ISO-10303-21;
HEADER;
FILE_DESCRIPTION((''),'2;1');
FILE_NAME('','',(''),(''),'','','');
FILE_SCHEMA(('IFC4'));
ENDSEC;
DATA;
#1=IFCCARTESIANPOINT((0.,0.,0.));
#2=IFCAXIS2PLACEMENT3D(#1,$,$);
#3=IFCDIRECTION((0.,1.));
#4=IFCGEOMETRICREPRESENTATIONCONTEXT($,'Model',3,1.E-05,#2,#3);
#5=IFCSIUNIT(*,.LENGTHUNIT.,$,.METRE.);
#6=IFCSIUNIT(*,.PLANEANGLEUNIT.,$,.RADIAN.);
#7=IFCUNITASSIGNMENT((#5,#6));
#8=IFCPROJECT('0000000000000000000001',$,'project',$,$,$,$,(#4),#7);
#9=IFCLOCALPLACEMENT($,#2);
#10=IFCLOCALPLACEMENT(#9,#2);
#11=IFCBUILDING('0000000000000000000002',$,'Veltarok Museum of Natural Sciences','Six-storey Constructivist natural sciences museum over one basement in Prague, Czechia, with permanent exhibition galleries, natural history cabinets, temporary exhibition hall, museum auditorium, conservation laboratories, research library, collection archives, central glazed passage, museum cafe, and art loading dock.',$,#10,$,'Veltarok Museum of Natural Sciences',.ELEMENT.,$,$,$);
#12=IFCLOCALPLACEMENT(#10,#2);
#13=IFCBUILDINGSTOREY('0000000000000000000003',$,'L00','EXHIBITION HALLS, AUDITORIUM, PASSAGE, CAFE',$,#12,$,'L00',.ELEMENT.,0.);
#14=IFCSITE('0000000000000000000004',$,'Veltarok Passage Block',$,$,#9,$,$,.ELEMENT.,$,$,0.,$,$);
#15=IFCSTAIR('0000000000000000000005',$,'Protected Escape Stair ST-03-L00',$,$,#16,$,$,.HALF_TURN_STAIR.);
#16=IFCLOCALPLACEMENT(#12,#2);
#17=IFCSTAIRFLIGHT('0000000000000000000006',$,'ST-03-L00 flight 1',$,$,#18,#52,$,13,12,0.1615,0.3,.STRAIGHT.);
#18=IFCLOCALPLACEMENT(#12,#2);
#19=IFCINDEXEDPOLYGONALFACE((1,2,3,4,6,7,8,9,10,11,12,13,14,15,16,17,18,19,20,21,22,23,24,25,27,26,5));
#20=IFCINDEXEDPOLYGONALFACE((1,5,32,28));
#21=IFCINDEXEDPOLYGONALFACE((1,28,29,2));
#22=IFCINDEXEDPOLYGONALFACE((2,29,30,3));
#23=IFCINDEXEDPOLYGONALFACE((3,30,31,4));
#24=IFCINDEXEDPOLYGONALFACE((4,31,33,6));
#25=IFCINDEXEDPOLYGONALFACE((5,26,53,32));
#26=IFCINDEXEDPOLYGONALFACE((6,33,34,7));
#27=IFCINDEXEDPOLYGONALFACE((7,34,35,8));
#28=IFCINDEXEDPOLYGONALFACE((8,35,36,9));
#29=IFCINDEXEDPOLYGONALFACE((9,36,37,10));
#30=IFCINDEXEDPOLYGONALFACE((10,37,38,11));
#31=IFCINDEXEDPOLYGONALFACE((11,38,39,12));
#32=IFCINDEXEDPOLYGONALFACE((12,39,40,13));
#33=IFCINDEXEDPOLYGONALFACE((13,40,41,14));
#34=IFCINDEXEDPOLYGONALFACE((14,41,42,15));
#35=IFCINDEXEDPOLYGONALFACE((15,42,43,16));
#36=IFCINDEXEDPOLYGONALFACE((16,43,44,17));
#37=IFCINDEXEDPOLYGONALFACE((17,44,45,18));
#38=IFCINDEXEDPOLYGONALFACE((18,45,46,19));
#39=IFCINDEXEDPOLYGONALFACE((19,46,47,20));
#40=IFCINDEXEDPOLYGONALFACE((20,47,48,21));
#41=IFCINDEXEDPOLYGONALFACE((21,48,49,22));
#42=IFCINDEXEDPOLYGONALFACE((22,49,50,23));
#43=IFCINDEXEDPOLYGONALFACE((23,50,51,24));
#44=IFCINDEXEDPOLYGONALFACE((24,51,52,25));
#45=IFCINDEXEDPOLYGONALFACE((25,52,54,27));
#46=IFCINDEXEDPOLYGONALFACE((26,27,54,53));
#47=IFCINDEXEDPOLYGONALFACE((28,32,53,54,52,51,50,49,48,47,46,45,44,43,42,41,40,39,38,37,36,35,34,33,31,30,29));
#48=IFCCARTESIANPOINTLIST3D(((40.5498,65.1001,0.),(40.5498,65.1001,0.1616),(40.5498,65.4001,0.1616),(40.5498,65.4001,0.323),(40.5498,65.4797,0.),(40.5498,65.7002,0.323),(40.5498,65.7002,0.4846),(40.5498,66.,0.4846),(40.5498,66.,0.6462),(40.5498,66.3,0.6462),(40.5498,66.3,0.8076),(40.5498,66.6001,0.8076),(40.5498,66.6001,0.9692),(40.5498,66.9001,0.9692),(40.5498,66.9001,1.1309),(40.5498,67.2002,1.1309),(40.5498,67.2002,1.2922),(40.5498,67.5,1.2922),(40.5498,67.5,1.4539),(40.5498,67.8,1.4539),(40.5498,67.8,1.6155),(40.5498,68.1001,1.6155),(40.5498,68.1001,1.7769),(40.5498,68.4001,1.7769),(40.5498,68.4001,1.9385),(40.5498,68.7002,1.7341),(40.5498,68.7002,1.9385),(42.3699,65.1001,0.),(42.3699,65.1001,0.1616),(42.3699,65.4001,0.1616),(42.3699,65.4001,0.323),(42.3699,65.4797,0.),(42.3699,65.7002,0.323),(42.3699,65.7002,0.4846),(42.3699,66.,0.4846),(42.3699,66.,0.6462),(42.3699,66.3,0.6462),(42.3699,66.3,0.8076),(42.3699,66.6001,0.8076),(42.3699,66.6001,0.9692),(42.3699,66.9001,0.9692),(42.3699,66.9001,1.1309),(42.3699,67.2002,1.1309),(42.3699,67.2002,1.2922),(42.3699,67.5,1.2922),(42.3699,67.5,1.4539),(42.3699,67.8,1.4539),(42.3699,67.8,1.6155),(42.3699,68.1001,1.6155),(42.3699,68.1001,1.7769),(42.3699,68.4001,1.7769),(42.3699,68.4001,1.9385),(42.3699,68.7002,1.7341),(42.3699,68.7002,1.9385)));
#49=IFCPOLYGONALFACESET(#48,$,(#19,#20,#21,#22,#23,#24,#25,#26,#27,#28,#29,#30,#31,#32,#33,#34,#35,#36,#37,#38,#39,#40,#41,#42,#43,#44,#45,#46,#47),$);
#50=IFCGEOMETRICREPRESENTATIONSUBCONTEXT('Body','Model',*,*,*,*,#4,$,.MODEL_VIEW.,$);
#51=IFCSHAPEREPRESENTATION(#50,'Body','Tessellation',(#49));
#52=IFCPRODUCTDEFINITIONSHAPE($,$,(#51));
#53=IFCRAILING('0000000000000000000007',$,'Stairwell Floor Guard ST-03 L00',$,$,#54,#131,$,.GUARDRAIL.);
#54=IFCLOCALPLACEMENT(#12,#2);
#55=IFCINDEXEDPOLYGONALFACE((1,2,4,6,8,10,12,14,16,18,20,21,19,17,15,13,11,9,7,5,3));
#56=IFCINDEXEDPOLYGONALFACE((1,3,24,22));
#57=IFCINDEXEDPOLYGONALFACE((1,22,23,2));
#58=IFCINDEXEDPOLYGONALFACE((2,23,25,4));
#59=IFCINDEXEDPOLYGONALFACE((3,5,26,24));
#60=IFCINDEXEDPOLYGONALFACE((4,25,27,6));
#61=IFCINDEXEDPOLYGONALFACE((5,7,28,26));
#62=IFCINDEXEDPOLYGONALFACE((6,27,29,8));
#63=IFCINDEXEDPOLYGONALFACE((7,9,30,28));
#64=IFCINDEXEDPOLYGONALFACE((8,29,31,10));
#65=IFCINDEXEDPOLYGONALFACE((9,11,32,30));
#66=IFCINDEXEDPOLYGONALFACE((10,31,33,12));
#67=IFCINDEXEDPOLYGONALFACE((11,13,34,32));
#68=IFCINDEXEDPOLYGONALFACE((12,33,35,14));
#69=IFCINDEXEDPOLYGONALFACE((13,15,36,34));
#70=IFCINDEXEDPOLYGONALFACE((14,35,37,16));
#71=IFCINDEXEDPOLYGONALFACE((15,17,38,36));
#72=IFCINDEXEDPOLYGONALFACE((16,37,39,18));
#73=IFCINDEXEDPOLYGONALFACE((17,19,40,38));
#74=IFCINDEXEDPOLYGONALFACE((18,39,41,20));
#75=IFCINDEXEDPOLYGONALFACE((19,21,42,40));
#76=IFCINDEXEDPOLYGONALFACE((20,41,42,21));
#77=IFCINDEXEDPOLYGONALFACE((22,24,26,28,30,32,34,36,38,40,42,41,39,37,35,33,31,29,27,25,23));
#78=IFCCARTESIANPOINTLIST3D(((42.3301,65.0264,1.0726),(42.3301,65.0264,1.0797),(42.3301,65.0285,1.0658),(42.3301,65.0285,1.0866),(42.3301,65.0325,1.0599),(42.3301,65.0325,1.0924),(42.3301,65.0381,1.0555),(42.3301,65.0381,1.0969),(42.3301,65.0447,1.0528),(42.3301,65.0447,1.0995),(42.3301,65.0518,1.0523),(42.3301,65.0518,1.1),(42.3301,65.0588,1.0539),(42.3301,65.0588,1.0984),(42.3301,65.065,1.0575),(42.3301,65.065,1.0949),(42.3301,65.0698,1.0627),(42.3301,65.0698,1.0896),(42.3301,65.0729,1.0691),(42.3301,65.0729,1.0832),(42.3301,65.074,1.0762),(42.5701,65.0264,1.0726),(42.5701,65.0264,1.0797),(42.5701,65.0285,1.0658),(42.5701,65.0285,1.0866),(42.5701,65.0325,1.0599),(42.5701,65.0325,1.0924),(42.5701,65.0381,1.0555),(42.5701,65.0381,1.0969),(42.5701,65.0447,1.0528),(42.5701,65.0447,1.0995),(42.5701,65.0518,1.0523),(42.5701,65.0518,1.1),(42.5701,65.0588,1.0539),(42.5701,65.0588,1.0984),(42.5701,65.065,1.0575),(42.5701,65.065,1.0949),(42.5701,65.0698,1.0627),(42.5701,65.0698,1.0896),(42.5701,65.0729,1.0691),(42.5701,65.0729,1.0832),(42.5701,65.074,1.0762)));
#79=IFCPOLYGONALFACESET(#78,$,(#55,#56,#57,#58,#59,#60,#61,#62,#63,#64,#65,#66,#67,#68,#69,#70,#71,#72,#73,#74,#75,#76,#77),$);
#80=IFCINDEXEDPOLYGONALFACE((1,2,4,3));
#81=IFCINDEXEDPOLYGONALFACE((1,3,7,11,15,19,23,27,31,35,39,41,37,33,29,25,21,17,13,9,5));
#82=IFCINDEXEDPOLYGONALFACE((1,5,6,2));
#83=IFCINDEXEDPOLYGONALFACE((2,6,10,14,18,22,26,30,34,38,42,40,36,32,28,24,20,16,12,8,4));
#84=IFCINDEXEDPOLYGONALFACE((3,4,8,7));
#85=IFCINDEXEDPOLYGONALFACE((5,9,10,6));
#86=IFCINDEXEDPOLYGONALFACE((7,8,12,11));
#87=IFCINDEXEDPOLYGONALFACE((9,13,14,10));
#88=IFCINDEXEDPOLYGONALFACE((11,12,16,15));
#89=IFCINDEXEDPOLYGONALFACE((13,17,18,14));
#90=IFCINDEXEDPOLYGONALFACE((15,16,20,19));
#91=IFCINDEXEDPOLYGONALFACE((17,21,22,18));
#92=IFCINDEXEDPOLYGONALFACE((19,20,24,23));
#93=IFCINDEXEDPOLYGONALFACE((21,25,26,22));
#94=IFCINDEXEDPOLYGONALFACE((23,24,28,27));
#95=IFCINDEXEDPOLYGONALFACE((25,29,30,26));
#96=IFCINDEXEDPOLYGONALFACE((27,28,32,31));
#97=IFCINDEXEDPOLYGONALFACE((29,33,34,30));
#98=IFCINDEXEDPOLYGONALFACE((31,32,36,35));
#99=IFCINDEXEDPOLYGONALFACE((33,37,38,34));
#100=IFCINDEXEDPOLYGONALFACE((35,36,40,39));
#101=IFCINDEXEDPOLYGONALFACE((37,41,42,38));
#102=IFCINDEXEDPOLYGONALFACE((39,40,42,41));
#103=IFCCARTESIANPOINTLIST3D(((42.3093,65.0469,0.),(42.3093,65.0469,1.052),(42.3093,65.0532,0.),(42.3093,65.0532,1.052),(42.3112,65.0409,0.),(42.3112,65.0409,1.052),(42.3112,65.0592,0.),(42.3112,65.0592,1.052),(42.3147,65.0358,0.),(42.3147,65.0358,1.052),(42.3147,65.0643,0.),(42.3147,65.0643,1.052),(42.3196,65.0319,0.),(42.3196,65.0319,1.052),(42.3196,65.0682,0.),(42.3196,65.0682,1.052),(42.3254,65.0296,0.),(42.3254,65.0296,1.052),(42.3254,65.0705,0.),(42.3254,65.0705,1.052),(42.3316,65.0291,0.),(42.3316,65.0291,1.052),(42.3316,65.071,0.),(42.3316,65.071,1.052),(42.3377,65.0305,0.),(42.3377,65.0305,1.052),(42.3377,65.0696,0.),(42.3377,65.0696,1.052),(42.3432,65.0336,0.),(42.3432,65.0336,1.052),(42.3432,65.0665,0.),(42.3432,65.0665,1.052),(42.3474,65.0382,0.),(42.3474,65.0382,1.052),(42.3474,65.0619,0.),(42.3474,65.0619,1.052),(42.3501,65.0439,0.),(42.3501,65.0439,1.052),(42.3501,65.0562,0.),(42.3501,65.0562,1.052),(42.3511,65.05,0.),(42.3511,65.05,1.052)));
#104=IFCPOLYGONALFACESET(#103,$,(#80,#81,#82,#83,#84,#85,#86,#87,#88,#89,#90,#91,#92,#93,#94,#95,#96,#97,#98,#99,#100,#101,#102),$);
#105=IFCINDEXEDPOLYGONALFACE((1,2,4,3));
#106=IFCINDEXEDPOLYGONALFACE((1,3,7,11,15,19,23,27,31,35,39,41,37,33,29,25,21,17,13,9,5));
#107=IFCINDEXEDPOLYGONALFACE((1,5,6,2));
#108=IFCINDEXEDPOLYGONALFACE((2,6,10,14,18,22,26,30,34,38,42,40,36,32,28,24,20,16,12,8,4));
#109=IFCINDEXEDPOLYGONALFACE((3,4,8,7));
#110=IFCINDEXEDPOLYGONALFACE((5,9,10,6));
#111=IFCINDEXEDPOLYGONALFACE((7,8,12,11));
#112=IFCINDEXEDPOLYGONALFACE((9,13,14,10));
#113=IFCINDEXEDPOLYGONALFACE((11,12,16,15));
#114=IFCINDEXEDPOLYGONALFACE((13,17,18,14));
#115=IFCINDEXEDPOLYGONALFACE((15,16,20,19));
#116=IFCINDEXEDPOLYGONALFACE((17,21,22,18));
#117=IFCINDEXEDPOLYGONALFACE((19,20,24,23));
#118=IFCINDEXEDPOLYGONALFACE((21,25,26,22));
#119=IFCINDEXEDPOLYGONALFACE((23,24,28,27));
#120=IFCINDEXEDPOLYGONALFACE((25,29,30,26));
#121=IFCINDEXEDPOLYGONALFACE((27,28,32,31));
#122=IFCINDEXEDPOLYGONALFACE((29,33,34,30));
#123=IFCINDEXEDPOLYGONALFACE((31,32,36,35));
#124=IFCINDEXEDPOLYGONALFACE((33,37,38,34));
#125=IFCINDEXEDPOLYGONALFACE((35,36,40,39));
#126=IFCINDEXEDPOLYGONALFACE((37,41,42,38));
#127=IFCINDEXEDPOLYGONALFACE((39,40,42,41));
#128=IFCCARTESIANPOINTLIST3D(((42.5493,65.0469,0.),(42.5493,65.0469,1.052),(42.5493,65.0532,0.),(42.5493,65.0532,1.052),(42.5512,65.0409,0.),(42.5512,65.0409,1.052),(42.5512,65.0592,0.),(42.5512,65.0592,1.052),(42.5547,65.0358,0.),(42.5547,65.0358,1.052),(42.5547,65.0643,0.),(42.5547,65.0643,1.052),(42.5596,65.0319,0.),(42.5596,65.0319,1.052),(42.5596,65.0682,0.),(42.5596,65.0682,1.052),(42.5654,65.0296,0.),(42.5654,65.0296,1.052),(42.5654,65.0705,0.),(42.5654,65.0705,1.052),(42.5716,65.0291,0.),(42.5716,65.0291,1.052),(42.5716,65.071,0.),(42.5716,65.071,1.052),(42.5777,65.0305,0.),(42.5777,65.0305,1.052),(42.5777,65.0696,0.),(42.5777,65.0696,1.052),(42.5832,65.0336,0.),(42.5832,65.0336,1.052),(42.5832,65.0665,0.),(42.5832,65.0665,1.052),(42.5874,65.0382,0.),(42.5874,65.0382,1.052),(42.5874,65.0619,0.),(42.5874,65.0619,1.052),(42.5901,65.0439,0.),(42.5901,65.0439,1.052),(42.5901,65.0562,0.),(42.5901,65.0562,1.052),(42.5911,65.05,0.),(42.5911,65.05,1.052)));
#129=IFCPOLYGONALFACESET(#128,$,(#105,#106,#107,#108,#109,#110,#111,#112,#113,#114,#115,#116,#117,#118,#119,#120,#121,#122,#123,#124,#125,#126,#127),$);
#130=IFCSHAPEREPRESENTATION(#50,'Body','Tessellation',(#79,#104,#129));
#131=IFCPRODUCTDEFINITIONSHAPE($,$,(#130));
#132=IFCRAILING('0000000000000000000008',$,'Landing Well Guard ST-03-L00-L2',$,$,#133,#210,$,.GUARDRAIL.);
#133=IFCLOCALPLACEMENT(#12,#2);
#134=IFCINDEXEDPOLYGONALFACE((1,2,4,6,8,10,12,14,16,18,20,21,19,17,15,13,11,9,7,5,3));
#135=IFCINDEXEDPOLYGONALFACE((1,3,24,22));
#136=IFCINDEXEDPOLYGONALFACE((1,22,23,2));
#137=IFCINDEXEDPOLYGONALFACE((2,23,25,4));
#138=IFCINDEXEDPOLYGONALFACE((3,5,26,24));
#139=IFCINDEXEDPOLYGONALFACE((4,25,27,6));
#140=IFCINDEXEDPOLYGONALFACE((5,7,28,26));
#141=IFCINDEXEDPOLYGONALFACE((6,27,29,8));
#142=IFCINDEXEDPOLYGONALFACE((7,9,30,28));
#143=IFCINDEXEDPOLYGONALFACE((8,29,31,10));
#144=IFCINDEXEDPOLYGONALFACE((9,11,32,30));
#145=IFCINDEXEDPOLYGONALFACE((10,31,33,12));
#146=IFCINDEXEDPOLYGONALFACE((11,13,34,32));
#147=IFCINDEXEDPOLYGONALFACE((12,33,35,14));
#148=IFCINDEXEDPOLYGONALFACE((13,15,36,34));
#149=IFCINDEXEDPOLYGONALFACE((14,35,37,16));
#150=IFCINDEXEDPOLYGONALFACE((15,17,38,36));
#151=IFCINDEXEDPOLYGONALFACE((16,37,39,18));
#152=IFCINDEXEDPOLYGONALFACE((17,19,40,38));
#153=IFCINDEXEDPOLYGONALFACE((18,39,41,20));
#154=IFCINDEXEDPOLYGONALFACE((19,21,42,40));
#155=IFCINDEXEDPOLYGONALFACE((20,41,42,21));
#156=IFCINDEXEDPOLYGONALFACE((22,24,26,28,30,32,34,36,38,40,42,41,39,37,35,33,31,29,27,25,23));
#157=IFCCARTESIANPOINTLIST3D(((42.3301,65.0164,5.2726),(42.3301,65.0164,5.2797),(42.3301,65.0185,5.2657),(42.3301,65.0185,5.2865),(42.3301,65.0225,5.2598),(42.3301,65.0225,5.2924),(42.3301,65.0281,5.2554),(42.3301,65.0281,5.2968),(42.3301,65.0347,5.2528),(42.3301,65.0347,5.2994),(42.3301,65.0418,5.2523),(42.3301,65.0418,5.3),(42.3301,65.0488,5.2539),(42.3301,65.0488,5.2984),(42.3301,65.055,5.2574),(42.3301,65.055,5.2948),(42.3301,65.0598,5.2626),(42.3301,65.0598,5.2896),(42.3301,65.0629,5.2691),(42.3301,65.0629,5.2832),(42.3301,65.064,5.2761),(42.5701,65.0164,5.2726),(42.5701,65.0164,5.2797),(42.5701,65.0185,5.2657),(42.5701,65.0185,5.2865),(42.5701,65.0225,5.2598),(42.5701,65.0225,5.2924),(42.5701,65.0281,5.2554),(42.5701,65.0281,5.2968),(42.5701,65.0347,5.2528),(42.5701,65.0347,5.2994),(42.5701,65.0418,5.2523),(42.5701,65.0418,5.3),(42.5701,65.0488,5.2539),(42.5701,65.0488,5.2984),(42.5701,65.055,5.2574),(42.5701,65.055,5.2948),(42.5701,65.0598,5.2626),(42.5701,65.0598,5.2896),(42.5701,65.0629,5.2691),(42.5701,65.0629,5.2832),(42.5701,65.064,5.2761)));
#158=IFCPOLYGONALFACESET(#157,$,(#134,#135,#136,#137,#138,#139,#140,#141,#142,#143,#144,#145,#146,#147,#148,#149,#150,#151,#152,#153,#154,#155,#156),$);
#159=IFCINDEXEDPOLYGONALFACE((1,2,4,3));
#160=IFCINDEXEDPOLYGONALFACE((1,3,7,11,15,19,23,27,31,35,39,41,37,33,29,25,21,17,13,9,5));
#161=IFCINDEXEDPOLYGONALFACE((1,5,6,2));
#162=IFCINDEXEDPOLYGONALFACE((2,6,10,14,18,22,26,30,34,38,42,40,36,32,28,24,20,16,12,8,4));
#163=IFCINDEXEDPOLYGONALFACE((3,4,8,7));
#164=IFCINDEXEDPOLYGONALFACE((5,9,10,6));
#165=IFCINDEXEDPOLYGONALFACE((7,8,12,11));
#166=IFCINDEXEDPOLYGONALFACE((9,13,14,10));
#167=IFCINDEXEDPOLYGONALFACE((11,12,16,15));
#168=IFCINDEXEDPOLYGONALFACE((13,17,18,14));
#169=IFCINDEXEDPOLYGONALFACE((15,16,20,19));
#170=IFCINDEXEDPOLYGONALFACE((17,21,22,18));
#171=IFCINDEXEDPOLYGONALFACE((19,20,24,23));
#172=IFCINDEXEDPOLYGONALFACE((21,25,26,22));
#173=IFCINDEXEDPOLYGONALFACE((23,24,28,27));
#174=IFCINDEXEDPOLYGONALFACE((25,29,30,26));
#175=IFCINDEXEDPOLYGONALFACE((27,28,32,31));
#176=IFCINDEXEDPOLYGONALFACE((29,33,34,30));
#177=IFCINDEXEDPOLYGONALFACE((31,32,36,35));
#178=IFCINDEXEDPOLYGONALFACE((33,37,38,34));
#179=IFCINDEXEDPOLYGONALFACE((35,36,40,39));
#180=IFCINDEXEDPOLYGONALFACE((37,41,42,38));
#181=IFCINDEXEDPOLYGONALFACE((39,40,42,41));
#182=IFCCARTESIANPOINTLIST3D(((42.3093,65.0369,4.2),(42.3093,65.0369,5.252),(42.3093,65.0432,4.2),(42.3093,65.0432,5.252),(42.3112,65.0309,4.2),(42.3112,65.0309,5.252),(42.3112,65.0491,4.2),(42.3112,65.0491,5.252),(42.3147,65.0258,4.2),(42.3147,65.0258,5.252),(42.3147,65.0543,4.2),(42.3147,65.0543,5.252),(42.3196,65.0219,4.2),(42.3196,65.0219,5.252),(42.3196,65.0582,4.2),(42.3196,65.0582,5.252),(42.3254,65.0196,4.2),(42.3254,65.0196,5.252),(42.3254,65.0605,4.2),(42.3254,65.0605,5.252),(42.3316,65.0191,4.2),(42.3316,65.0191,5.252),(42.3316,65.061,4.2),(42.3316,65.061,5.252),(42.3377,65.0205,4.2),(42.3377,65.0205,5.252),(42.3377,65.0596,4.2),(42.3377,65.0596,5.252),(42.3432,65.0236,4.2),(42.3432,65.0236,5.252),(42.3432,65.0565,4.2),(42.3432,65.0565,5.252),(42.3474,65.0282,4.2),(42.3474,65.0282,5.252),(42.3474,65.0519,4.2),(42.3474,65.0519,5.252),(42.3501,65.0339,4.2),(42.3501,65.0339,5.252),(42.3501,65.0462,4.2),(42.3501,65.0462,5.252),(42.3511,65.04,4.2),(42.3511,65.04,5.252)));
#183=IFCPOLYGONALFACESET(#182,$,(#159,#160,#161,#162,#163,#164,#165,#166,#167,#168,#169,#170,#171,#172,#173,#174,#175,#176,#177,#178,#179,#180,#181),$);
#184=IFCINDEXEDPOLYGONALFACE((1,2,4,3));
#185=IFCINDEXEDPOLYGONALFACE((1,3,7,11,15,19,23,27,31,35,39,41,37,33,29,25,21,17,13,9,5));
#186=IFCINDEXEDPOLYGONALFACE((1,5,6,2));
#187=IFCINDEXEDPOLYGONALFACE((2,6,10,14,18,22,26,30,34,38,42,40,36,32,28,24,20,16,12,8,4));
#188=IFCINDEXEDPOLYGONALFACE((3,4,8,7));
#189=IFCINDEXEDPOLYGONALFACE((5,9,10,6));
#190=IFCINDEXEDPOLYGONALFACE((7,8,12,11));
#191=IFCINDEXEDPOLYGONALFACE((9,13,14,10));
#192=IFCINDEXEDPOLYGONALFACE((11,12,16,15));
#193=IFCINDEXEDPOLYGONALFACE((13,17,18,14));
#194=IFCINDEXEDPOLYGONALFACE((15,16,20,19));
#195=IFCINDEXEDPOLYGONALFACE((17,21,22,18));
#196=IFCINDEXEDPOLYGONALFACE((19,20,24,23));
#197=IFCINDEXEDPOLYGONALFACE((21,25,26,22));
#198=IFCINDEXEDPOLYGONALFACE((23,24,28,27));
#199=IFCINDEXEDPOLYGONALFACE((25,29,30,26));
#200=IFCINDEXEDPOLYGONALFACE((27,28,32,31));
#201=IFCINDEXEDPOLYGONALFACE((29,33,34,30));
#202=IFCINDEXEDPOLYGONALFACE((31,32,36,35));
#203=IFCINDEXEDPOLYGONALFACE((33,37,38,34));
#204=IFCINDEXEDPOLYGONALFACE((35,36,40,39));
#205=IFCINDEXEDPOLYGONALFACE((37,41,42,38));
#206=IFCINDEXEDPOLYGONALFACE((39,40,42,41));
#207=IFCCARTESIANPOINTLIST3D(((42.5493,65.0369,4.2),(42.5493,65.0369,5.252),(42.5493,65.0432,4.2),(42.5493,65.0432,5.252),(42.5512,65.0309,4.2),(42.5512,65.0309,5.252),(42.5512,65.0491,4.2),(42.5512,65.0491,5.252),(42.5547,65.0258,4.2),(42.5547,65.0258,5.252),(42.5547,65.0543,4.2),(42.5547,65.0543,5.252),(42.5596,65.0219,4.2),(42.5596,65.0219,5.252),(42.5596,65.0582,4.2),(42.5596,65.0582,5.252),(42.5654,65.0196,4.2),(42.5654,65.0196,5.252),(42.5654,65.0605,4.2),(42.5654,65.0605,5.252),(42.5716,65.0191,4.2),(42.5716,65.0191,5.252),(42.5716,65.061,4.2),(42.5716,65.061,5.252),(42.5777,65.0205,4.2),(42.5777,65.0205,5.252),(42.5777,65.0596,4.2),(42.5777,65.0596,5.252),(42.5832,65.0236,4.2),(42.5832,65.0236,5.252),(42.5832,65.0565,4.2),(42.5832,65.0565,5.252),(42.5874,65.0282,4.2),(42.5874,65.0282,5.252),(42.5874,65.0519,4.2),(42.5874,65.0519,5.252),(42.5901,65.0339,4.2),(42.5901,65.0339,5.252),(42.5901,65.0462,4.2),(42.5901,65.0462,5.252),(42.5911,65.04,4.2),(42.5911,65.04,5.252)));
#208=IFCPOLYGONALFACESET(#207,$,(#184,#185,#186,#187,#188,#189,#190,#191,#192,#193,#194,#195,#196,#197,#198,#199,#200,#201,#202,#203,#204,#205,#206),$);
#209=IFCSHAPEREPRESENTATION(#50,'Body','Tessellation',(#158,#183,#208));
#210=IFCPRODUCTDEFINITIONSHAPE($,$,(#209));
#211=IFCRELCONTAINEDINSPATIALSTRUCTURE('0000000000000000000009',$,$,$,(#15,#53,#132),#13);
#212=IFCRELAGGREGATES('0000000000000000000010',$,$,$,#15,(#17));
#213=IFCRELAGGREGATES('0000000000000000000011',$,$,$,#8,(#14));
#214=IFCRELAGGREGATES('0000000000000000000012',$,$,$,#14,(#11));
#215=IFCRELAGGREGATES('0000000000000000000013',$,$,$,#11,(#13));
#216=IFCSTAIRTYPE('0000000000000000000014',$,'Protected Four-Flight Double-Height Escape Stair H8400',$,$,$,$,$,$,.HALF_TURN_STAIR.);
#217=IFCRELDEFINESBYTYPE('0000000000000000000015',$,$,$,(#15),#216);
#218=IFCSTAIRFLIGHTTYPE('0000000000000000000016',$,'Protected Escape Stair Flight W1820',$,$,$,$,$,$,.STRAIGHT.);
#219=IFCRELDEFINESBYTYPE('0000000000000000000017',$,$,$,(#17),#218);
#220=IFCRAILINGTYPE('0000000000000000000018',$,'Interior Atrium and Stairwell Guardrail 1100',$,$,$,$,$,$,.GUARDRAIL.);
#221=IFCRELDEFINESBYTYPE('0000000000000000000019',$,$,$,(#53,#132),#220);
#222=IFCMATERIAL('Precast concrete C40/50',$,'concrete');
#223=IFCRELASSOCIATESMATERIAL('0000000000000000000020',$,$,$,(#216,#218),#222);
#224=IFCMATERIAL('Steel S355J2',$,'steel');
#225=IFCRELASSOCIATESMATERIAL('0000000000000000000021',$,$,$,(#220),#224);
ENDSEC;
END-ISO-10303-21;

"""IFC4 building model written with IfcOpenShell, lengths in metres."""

from ifc_helpers import new_model, si_unit, direction, frame, origin, origin_2d, place, context, subcontext, project, spatial, polyline, circle, outline, extrude, material, type_object, element, aggregate, save


model = new_model("IFC4")

# Units and contexts
model_context = context("Model", 3, precision=1e-05, world=origin(), true_north=direction((0.0, 1.0)))
body_context = subcontext(model_context, "Body", "Model", "MODEL_VIEW")
ifc_project = project(units=[si_unit("LENGTHUNIT", "METRE"), si_unit("PLANEANGLEUNIT", "RADIAN")], contexts=[model_context])

# Site, building, storey
site_placement = place(None, origin())
site = spatial("IfcSite", under=ifc_project, at=site_placement, Name="Veltarok Passage Block", CompositionType="ELEMENT", RefElevation=0.0)
building_placement = place(site_placement, origin())
building = spatial("IfcBuilding", under=site, at=building_placement, Name="Veltarok Museum of Natural Sciences", Description="Six-storey Constructivist natural sciences museum over one basement in Prague, Czechia, with permanent exhibition galleries, natural history cabinets, temporary exhibition hall, museum auditorium, conservation laboratories, research library, collection archives, central glazed passage, museum cafe, and art loading dock.", LongName="Veltarok Museum of Natural Sciences", CompositionType="ELEMENT")
storey_placement = place(building_placement, origin())
storey = spatial("IfcBuildingStorey", under=building, at=storey_placement, Name="L00", Description="EXHIBITION HALLS, AUDITORIUM, PASSAGE, CAFE", LongName="L00", CompositionType="ELEMENT", Elevation=0.0)

# Shared definitions
ifc_material_1 = material(Name="Steel S355J2", Category="steel")

# Stair, stair flight
ifc_material_2 = material(Name="Precast concrete C40/50", Category="concrete")
stair_type = type_object("IfcStairType", Name="Protected Four-Flight Double-Height Escape Stair H8400", PredefinedType="HALF_TURN_STAIR", material=ifc_material_2)
stair_placement = place(storey_placement, origin())
stair = element("IfcStair", 1, at=stair_placement, inside=storey, type_object=stair_type, Name="Protected Escape Stair ST-03-L00", PredefinedType="HALF_TURN_STAIR")
stair_flight_type = type_object("IfcStairFlightType", Name="Protected Escape Stair Flight W1820", PredefinedType="STRAIGHT", material=ifc_material_2)
stair_flight_placement = place(storey_placement, frame((41.46, 65.1001, 0.0), z_axis=(0.0, 0.0, 1.0), x_axis=(0.0, 1.0, 0.0)))
stair_flight = element("IfcStairFlight", 2, at=stair_flight_placement, type_object=stair_flight_type, Name="ST-03-L00 flight 1", NumberOfRisers=13, NumberOfTreads=12, PredefinedType="STRAIGHT", RiserHeight=0.1615, TreadLength=0.3, context=body_context, shape_type="SweptSolid", body=[
    extrude(outline(polyline([(0.0, 0.0), (0.0, 0.1616), (0.3, 0.1616), (0.3, 0.323), (0.6001, 0.323), (0.6001, 0.4846), (0.8999, 0.4846), (0.8999, 0.6462), (1.2, 0.6462), (1.2, 0.8076), (1.5, 0.8076), (1.5, 0.9692), (1.8, 0.9692), (1.8, 1.1309), (2.1001, 1.1309), (2.1001, 1.2922), (2.3999, 1.2922), (2.3999, 1.4539), (2.7, 1.4539), (2.7, 1.6155), (3.0, 1.6155), (3.0, 1.7769), (3.3, 1.7769), (3.3, 1.9385), (3.6001, 1.9385), (3.6001, 2.1001), (3.6001, 1.7341), (0.3796, 0.0), (0.0, 0.0)])), frame((0.0, 0.9102, 0.0), z_axis=(0.0, -1.0, 0.0), x_axis=(1.0, 0.0, 0.0)), (0.0, 0.0, 1.0), 1.8201),
])
aggregate(stair, [stair_flight])

# Railings
railing_type_1 = type_object("IfcRailingType", Name="Interior Atrium and Stairwell Guardrail 1100", PredefinedType="GUARDRAIL", material=ifc_material_1)
for number, where, name in (
    (3, (42.3301, 65.05, 0.0), "Stairwell Floor Guard ST-03 L00"),
    (4, (42.3301, 65.04, 4.2), "Landing Well Guard ST-03-L00-L2"),
):
    element("IfcRailing", number, at=place(storey_placement, frame(where)), inside=storey, type_object=railing_type_1, Name=name, PredefinedType="GUARDRAIL", context=body_context, shape_type="SweptSolid", body=[
        extrude(circle(Radius=0.0239, at=origin_2d()), frame((0.0, 0.0, 1.0762), z_axis=(1.0, 0.0, 0.0), x_axis=(0.0, 1.0, 0.0)), (0.0, 0.0, 1.0), 0.24),
        extrude(circle(Radius=0.021, at=origin_2d()), origin(), (0.0, 0.0, 1.0), 1.052),
        extrude(circle(Radius=0.021, at=origin_2d()), frame((0.24, 0.0, 0.0)), (0.0, 0.0, 1.0), 1.052),
    ])

save(model, "model.ifc")
